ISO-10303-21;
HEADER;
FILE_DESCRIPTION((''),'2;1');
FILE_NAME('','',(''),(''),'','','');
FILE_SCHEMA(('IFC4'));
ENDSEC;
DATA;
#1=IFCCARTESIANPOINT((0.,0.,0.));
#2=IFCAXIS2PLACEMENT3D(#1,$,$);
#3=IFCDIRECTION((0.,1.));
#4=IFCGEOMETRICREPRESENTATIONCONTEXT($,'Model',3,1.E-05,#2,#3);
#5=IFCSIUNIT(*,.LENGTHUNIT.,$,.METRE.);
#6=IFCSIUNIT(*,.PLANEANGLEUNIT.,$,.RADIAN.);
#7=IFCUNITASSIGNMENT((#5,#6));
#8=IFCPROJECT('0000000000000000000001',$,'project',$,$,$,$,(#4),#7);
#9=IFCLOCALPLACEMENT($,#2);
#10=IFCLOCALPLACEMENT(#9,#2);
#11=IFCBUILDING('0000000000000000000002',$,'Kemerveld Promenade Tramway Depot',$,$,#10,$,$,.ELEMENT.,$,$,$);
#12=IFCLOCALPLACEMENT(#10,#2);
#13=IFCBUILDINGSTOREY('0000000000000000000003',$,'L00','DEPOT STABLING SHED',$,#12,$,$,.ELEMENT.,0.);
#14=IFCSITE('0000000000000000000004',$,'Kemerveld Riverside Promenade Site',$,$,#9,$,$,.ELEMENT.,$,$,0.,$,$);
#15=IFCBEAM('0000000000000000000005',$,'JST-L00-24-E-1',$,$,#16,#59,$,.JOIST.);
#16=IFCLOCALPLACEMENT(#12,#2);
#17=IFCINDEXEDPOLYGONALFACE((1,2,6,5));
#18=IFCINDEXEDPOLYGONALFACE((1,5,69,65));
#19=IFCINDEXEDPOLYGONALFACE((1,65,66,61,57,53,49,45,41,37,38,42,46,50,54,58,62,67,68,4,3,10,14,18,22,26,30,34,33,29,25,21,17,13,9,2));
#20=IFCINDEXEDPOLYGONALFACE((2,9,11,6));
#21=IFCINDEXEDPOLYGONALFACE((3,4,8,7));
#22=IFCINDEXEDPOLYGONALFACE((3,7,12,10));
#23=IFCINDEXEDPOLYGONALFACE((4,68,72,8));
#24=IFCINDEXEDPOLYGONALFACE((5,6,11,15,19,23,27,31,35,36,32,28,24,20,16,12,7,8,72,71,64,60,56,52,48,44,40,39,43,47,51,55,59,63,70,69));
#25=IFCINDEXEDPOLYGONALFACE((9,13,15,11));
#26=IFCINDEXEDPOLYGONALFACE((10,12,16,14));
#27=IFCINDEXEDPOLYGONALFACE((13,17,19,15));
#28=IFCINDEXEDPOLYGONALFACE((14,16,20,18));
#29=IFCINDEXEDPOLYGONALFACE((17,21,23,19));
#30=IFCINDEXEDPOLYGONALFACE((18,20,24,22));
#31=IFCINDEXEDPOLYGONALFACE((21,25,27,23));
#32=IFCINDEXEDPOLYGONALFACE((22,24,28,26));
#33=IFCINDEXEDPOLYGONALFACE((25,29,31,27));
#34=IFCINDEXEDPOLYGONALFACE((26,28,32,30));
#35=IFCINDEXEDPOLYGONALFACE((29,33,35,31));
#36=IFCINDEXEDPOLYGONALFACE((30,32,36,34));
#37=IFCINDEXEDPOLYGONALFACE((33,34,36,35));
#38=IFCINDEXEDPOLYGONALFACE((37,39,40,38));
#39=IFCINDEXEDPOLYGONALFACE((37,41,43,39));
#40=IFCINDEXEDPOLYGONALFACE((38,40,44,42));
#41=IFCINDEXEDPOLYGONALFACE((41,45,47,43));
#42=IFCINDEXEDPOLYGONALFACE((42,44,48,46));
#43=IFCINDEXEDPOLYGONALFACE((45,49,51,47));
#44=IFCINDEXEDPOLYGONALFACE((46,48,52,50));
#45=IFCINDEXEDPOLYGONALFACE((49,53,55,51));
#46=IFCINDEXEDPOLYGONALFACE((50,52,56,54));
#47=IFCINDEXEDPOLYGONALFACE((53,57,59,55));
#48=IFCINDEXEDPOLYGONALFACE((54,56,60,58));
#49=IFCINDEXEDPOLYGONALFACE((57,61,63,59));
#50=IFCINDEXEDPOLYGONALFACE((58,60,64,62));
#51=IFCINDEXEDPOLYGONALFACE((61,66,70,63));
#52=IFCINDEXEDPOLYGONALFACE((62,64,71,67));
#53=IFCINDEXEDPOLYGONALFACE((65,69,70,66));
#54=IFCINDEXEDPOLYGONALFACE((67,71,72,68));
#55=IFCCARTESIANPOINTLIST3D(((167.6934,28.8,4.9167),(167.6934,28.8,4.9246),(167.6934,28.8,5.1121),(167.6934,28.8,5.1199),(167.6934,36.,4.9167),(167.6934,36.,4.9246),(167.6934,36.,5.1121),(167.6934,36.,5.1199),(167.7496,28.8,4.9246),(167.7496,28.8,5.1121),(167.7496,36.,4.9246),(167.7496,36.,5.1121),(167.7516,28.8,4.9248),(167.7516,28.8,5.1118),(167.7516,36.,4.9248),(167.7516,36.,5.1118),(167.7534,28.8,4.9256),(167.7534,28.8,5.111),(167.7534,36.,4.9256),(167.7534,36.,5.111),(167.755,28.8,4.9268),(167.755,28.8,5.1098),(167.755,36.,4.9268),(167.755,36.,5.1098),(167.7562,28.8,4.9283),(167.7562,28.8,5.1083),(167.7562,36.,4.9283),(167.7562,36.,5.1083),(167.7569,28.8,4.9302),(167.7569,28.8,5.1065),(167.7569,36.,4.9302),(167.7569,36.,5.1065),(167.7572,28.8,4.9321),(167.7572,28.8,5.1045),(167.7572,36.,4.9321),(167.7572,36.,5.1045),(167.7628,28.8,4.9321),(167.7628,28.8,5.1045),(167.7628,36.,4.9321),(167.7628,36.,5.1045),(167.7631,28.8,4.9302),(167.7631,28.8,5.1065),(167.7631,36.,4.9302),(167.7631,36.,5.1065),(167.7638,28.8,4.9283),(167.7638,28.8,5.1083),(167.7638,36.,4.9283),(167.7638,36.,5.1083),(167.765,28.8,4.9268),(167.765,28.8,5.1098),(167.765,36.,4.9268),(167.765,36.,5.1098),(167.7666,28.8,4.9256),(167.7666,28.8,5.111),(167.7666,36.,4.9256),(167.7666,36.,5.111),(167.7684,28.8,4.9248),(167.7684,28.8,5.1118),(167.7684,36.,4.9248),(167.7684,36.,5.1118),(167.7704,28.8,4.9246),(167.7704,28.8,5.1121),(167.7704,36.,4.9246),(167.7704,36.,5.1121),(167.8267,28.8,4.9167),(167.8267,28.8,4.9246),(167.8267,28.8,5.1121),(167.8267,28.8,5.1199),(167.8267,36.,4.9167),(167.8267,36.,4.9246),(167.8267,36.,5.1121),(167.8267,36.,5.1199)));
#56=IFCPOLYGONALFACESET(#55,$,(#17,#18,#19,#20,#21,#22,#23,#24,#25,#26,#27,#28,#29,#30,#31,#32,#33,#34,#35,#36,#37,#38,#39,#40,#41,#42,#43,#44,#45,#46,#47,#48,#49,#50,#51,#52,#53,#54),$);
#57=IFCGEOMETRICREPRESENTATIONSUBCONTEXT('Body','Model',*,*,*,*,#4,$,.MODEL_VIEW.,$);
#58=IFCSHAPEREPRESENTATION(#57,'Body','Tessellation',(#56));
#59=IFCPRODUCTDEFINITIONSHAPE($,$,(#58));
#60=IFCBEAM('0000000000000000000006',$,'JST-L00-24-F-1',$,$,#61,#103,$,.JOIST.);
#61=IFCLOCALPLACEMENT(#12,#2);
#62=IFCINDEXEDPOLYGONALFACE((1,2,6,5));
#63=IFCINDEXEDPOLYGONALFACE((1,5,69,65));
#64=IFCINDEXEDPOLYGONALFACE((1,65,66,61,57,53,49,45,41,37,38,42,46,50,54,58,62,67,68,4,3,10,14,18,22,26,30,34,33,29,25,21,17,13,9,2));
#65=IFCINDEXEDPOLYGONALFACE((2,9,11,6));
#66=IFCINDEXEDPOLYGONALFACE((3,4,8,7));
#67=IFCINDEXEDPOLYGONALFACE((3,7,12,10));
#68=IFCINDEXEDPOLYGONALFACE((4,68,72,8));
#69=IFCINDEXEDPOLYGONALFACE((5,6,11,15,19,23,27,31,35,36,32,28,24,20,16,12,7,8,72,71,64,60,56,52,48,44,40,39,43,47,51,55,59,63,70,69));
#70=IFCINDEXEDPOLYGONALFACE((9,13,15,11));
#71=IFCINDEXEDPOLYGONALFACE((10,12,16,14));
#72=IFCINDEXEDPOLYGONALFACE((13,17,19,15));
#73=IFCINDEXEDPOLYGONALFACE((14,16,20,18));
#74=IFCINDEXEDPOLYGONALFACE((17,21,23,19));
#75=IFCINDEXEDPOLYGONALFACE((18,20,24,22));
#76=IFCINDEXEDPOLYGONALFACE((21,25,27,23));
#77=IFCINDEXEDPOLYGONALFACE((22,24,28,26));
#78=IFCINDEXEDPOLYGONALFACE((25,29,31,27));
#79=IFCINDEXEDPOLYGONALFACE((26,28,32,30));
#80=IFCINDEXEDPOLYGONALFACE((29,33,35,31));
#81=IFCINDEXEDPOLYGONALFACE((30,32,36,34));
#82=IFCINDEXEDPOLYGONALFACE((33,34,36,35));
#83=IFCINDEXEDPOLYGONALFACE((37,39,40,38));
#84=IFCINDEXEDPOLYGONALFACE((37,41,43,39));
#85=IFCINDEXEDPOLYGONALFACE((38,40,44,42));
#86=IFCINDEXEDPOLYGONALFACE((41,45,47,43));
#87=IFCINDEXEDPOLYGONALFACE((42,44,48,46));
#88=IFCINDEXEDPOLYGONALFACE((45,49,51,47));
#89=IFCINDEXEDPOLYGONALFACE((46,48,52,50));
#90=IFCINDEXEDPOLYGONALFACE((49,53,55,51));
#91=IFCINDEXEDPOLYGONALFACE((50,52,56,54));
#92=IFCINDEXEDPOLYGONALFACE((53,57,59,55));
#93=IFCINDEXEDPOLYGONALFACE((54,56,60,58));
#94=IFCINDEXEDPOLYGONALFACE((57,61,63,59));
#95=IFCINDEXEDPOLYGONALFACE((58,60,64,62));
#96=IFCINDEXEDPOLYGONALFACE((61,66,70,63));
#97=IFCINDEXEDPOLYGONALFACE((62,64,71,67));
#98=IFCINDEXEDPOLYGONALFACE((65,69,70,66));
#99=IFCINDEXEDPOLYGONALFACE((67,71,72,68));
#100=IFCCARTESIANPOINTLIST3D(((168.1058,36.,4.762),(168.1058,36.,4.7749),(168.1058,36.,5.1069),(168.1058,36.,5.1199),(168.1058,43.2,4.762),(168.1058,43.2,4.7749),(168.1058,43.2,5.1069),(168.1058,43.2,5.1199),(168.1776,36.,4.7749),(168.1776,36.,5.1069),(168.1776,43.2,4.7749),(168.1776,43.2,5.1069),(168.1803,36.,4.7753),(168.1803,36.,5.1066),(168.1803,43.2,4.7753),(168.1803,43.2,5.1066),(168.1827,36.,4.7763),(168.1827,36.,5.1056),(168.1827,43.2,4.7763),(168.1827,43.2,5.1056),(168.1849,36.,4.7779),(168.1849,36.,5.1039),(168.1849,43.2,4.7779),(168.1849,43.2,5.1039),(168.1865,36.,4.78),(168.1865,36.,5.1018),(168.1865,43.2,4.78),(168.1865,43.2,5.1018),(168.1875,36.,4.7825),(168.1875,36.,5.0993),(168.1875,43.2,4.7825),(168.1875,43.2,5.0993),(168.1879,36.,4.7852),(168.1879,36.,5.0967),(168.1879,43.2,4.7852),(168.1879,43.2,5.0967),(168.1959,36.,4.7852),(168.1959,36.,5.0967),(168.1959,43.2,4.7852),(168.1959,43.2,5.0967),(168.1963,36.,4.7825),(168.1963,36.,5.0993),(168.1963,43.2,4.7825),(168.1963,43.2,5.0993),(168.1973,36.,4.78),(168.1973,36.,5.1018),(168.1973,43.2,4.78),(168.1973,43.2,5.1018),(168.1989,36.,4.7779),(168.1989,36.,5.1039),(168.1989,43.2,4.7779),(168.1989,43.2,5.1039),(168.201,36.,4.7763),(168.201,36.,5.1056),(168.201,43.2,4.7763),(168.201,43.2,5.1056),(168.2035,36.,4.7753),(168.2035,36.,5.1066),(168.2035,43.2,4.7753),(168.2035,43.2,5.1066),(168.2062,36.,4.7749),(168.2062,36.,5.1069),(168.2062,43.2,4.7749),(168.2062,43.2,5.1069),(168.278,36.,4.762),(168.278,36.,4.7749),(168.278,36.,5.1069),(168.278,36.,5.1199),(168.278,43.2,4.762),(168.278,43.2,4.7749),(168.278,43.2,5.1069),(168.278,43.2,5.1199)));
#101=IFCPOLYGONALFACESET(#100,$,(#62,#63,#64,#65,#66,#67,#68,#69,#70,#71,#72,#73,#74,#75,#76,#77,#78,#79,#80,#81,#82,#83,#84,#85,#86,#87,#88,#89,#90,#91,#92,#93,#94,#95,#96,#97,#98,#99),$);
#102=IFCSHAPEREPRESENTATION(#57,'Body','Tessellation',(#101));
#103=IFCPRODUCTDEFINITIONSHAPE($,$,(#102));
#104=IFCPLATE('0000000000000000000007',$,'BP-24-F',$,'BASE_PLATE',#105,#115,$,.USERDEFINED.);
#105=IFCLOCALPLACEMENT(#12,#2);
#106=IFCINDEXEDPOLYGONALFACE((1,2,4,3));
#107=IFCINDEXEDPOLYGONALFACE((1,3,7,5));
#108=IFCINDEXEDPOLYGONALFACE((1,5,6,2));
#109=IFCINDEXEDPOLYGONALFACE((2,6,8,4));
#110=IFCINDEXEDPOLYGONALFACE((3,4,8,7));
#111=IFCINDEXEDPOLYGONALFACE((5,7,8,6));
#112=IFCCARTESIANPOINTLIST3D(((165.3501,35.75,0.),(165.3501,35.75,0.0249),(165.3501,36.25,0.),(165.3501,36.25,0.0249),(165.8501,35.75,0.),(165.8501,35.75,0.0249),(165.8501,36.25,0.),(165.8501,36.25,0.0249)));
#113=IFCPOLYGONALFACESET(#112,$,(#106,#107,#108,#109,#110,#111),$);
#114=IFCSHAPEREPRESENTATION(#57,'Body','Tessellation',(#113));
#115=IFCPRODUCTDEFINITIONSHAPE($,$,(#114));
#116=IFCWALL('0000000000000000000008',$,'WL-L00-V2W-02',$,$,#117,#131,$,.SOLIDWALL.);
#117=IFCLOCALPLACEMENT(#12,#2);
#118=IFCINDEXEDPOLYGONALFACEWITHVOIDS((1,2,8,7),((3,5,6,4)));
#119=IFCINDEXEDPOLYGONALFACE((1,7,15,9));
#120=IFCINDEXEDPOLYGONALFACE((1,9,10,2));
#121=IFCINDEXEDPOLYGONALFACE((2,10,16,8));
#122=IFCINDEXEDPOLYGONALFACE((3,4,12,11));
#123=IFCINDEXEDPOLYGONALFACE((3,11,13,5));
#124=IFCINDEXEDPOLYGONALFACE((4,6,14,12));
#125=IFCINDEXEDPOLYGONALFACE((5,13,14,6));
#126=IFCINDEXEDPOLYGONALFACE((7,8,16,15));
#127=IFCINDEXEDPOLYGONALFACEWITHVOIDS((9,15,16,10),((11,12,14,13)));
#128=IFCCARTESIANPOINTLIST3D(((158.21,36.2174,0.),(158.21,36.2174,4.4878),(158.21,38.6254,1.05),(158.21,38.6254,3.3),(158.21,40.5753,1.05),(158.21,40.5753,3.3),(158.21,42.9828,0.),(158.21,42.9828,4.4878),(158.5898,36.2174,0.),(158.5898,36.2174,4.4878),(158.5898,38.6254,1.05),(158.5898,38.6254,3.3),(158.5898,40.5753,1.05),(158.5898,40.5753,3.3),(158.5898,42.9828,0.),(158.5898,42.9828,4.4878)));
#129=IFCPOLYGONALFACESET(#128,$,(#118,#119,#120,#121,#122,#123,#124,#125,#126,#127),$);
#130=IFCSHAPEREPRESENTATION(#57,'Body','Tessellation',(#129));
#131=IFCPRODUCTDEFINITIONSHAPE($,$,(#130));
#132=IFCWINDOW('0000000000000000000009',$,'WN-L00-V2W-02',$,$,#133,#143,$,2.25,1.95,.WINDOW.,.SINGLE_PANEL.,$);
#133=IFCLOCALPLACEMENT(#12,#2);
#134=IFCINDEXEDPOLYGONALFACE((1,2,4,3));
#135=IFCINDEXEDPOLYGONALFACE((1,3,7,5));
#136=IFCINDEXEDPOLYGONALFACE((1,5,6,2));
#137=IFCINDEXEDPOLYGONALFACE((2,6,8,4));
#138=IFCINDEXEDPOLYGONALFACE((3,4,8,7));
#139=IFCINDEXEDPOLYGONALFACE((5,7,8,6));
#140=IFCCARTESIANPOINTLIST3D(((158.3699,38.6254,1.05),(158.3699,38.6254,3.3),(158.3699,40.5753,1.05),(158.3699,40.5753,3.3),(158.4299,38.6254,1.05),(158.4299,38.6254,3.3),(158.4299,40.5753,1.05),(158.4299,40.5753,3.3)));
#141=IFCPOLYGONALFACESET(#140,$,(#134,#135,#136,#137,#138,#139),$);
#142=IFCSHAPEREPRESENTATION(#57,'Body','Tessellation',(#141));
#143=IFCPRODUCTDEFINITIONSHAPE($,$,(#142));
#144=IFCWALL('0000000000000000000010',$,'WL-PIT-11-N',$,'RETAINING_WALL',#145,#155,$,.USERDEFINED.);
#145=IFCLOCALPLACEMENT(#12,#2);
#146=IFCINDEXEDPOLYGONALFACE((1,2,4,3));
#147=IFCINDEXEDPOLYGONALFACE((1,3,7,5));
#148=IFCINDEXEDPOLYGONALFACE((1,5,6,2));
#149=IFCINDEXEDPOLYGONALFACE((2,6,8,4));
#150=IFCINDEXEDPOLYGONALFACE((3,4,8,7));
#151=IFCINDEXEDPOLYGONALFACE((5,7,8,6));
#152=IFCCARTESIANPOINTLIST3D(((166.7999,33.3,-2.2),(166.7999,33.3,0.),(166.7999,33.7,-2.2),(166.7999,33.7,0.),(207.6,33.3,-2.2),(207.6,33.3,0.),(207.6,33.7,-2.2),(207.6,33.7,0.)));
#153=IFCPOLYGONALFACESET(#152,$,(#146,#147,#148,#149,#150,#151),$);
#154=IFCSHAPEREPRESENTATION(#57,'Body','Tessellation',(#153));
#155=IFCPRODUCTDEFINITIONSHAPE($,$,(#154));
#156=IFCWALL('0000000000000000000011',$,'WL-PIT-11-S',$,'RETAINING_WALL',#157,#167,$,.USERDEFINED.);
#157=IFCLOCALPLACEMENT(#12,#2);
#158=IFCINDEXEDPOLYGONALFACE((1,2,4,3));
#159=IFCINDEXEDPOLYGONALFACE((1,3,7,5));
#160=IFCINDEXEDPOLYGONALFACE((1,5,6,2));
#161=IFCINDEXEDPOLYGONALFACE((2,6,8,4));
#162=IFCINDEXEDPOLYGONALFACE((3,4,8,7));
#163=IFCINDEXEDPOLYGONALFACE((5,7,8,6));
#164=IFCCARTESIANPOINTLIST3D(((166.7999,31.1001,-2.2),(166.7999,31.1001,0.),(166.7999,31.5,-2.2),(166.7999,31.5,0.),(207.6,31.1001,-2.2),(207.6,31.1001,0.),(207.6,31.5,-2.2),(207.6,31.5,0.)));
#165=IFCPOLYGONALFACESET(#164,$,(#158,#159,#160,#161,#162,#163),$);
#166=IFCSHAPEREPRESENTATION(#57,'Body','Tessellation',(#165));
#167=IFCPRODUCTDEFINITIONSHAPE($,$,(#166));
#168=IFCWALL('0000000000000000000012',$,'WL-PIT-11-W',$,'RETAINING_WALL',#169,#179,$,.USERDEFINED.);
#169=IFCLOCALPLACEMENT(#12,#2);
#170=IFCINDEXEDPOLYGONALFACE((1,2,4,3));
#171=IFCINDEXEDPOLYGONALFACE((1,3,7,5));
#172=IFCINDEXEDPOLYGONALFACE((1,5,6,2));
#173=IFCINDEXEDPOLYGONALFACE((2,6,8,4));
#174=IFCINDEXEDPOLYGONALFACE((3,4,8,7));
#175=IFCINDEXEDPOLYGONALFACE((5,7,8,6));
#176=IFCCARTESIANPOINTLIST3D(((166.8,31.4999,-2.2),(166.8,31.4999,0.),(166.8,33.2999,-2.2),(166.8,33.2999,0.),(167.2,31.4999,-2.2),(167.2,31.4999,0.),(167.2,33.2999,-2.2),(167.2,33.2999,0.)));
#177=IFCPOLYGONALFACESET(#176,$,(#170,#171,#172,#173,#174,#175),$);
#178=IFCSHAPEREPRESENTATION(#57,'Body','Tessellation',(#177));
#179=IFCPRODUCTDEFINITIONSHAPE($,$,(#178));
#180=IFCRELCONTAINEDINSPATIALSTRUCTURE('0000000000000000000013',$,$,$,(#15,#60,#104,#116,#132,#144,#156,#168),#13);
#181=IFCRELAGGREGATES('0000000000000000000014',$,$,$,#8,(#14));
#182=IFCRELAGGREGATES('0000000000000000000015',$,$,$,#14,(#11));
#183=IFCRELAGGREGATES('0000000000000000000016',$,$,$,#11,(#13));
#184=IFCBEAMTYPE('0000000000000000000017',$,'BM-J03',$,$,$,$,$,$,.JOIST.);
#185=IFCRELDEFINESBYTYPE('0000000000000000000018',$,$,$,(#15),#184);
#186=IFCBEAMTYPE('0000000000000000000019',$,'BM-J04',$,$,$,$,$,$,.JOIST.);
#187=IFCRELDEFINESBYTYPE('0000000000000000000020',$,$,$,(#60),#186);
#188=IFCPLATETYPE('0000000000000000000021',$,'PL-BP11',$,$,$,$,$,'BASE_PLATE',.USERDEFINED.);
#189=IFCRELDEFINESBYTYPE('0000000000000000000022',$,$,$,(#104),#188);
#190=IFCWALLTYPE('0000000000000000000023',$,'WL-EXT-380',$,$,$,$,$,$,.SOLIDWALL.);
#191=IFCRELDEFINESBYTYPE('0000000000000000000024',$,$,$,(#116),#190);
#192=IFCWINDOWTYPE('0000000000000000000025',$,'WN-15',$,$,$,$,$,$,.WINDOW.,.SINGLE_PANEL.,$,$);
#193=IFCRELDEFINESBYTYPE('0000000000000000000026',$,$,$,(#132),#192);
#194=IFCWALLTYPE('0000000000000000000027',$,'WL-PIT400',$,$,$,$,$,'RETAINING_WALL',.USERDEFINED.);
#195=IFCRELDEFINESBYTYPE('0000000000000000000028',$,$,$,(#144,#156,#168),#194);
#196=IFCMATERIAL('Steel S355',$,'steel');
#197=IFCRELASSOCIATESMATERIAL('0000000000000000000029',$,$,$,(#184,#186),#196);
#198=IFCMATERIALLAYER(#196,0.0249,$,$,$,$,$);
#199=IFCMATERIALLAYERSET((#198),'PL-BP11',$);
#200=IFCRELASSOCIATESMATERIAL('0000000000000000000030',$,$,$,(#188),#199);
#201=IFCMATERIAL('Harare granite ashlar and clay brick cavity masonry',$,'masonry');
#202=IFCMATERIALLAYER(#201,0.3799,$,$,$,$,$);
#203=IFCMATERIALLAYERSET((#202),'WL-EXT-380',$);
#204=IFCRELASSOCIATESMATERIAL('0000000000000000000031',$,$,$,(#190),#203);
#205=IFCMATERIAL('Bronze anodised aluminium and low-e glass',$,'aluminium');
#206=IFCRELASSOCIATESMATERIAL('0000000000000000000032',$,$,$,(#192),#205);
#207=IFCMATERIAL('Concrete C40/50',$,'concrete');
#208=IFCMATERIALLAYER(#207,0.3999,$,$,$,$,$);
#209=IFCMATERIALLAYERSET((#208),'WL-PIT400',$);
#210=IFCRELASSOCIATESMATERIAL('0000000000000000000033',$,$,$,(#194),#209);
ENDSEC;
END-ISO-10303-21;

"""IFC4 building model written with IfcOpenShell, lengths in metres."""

from ifc_helpers import new_model, si_unit, direction, frame, frame_2d, origin, origin_2d, place, context, subcontext, project, spatial, rectangle, i_section, extrude, material, layer, layer_set, material_profile, profile_set, type_object, element, fill, save


model = new_model("IFC4")

# Units and contexts
model_context = context("Model", 3, precision=1e-05, world=origin(), true_north=direction((0.0, 1.0)))
body_context = subcontext(model_context, "Body", "Model", "MODEL_VIEW")
ifc_project = project(units=[si_unit("LENGTHUNIT", "METRE"), si_unit("PLANEANGLEUNIT", "RADIAN")], contexts=[model_context])

# Site, building, storey
site_placement = place(None, origin())
site = spatial("IfcSite", under=ifc_project, at=site_placement, Name="Kemerveld Riverside Promenade Site", CompositionType="ELEMENT", RefElevation=0.0)
building_placement = place(site_placement, origin())
building = spatial("IfcBuilding", under=site, at=building_placement, Name="Kemerveld Promenade Tramway Depot", CompositionType="ELEMENT")
storey_placement = place(building_placement, origin())
storey = spatial("IfcBuildingStorey", under=building, at=storey_placement, Name="L00", Description="DEPOT STABLING SHED", CompositionType="ELEMENT", Elevation=0.0)

# Shared definitions
ifc_material_1 = material(Name="Steel S355", Category="steel")

# Beams
ifc_material_profile_1 = material_profile(ifc_material_1, i_section(OverallWidth=0.1333, OverallDepth=0.2031, WebThickness=0.0056, FlangeThickness=0.0078, FilletRadius=0.0076, at=origin_2d()), Name="203x133x25 UB")
ifc_profile_set_1 = profile_set([ifc_material_profile_1], Name="Steel S355")
beam_type_1 = type_object("IfcBeamType", Name="BM-J03", PredefinedType="JOIST", material=ifc_profile_set_1)
for number, where, z_axis, x_axis, name in (
    (1, (167.76, 28.8, 5.0183), (0.0, 1.0, 0.0), (-1.0, 0.0, 0.0), "JST-L00-24-E-1"),
):
    element("IfcBeam", number, at=place(storey_placement, frame(where, z_axis=z_axis, x_axis=x_axis)), inside=storey, type_object=beam_type_1, Name=name, PredefinedType="JOIST", context=body_context, shape_type="SweptSolid", body=[
        extrude(i_section(OverallWidth=0.1333, OverallDepth=0.2031, WebThickness=0.0056, FlangeThickness=0.0078, FilletRadius=0.0076, at=origin_2d()), origin(), (0.0, 0.0, 1.0), 7.2),
    ])
ifc_material_profile_2 = material_profile(ifc_material_1, i_section(OverallWidth=0.1721, OverallDepth=0.3579, WebThickness=0.0081, FlangeThickness=0.0129, FilletRadius=0.0103, at=origin_2d()), Name="356x171x57 UB")
ifc_profile_set_2 = profile_set([ifc_material_profile_2], Name="Steel S355")
beam_type_2 = type_object("IfcBeamType", Name="BM-J04", PredefinedType="JOIST", material=ifc_profile_set_2)
beam_1_placement = place(storey_placement, frame((168.1919, 36.0, 4.9409), z_axis=(0.0, 1.0, 0.0), x_axis=(-1.0, 0.0, 0.0)))
element("IfcBeam", 2, at=beam_1_placement, inside=storey, type_object=beam_type_2, Name="JST-L00-24-F-1", PredefinedType="JOIST", context=body_context, shape_type="SweptSolid", body=[
    extrude(i_section(OverallWidth=0.1721, OverallDepth=0.3579, WebThickness=0.0081, FlangeThickness=0.0129, FilletRadius=0.0103, at=origin_2d()), origin(), (0.0, 0.0, 1.0), 7.2),
])

# Plate
ifc_layer_1 = layer(ifc_material_1, 0.0249)
ifc_layer_set_1 = layer_set([ifc_layer_1], Name="PL-BP11")
plate_type = type_object("IfcPlateType", Name="PL-BP11", ElementType="BASE_PLATE", PredefinedType="USERDEFINED", material=ifc_layer_set_1)
plate_placement = place(storey_placement, frame((165.6001, 36.0, 0.0), z_axis=(0.0, 0.0, 1.0), x_axis=(1.0, 0.0, 0.0)))
element("IfcPlate", 3, at=plate_placement, inside=storey, type_object=plate_type, Name="BP-24-F", ObjectType="BASE_PLATE", PredefinedType="USERDEFINED", context=body_context, shape_type="SweptSolid", body=[
    extrude(rectangle(XDim=0.5, YDim=0.5, at=origin_2d()), origin(), (0.0, 0.0, 1.0), 0.0249),
])

# Wall, opening, window
ifc_material_2 = material(Name="Harare granite ashlar and clay brick cavity masonry", Category="masonry")
ifc_layer_2 = layer(ifc_material_2, 0.3799)
ifc_layer_set_2 = layer_set([ifc_layer_2], Name="WL-EXT-380")
wall_type_1 = type_object("IfcWallType", Name="WL-EXT-380", PredefinedType="SOLIDWALL", material=ifc_layer_set_2)
wall_1_placement = place(storey_placement, frame((158.3999, 36.2173, 0.0), z_axis=(0.0, 0.0, 1.0), x_axis=(0.0, 1.0, 0.0)))
wall_1 = element("IfcWall", 4, at=wall_1_placement, inside=storey, type_object=wall_type_1, Name="WL-L00-V2W-02", PredefinedType="SOLIDWALL", context=body_context, shape_type="SweptSolid", body=[
    extrude(rectangle(XDim=6.7654, YDim=0.3799, at=frame_2d((3.3828, 0.0))), origin(), (0.0, 0.0, 1.0), 4.4878),
])
opening_1_placement = place(wall_1_placement, frame((2.408, 0.0, 1.05)))
opening_1 = element("IfcOpeningElement", 5, at=opening_1_placement, cuts=wall_1, PredefinedType="OPENING", context=body_context, shape_type="SweptSolid", body=[
    extrude(rectangle(XDim=1.95, YDim=2.25, at=frame_2d((0.9751, 1.125))), frame((0.0, 0.2, 0.0), z_axis=(0.0, -1.0, 0.0), x_axis=(1.0, 0.0, 0.0)), (0.0, 0.0, 1.0), 0.3999),
])
ifc_material_3 = material(Name="Bronze anodised aluminium and low-e glass", Category="aluminium")
window_type = type_object("IfcWindowType", Name="WN-15", PartitioningType="SINGLE_PANEL", PredefinedType="WINDOW", material=ifc_material_3)
window_placement = place(opening_1_placement, origin())
window = element("IfcWindow", 6, at=window_placement, inside=storey, type_object=window_type, Name="WN-L00-V2W-02", OverallHeight=2.25, OverallWidth=1.95, PartitioningType="SINGLE_PANEL", PredefinedType="WINDOW", context=body_context, shape_type="SweptSolid", body=[
    extrude(rectangle(XDim=1.95, YDim=2.25, at=frame_2d((0.9751, 1.125))), frame((0.0, 0.03, 0.0), z_axis=(0.0, -1.0, 0.0), x_axis=(1.0, 0.0, 0.0)), (0.0, 0.0, 1.0), 0.0601),
])
fill(opening_1, window)

# Walls
ifc_material_4 = material(Name="Concrete C40/50", Category="concrete")
ifc_layer_3 = layer(ifc_material_4, 0.3999)
ifc_layer_set_3 = layer_set([ifc_layer_3], Name="WL-PIT400")
wall_type_2 = type_object("IfcWallType", Name="WL-PIT400", ElementType="RETAINING_WALL", PredefinedType="USERDEFINED", material=ifc_layer_set_3)
for number, where, z_axis, x_axis, name in (
    (7, (166.8, 33.5, -2.2), (0.0, 0.0, 1.0), (1.0, 0.0, 0.0), "WL-PIT-11-N"),
    (8, (166.8, 31.3, -2.2), (0.0, 0.0, 1.0), (1.0, 0.0, 0.0), "WL-PIT-11-S"),
):
    element("IfcWall", number, at=place(storey_placement, frame(where, z_axis=z_axis, x_axis=x_axis)), inside=storey, type_object=wall_type_2, Name=name, ObjectType="RETAINING_WALL", PredefinedType="USERDEFINED", context=body_context, shape_type="SweptSolid", body=[
        extrude(rectangle(XDim=40.8, YDim=0.3999, at=frame_2d((20.3999, 0.0))), origin(), (0.0, 0.0, 1.0), 2.2),
    ])
wall_2_placement = place(storey_placement, frame((167.0, 31.5, -2.2), z_axis=(0.0, 0.0, 1.0), x_axis=(0.0, 1.0, 0.0)))
element("IfcWall", 9, at=wall_2_placement, inside=storey, type_object=wall_type_2, Name="WL-PIT-11-W", ObjectType="RETAINING_WALL", PredefinedType="USERDEFINED", context=body_context, shape_type="SweptSolid", body=[
    extrude(rectangle(XDim=1.8, YDim=0.3999, at=frame_2d((0.8999, 0.0))), origin(), (0.0, 0.0, 1.0), 2.2),
])

save(model, "model.ifc")
